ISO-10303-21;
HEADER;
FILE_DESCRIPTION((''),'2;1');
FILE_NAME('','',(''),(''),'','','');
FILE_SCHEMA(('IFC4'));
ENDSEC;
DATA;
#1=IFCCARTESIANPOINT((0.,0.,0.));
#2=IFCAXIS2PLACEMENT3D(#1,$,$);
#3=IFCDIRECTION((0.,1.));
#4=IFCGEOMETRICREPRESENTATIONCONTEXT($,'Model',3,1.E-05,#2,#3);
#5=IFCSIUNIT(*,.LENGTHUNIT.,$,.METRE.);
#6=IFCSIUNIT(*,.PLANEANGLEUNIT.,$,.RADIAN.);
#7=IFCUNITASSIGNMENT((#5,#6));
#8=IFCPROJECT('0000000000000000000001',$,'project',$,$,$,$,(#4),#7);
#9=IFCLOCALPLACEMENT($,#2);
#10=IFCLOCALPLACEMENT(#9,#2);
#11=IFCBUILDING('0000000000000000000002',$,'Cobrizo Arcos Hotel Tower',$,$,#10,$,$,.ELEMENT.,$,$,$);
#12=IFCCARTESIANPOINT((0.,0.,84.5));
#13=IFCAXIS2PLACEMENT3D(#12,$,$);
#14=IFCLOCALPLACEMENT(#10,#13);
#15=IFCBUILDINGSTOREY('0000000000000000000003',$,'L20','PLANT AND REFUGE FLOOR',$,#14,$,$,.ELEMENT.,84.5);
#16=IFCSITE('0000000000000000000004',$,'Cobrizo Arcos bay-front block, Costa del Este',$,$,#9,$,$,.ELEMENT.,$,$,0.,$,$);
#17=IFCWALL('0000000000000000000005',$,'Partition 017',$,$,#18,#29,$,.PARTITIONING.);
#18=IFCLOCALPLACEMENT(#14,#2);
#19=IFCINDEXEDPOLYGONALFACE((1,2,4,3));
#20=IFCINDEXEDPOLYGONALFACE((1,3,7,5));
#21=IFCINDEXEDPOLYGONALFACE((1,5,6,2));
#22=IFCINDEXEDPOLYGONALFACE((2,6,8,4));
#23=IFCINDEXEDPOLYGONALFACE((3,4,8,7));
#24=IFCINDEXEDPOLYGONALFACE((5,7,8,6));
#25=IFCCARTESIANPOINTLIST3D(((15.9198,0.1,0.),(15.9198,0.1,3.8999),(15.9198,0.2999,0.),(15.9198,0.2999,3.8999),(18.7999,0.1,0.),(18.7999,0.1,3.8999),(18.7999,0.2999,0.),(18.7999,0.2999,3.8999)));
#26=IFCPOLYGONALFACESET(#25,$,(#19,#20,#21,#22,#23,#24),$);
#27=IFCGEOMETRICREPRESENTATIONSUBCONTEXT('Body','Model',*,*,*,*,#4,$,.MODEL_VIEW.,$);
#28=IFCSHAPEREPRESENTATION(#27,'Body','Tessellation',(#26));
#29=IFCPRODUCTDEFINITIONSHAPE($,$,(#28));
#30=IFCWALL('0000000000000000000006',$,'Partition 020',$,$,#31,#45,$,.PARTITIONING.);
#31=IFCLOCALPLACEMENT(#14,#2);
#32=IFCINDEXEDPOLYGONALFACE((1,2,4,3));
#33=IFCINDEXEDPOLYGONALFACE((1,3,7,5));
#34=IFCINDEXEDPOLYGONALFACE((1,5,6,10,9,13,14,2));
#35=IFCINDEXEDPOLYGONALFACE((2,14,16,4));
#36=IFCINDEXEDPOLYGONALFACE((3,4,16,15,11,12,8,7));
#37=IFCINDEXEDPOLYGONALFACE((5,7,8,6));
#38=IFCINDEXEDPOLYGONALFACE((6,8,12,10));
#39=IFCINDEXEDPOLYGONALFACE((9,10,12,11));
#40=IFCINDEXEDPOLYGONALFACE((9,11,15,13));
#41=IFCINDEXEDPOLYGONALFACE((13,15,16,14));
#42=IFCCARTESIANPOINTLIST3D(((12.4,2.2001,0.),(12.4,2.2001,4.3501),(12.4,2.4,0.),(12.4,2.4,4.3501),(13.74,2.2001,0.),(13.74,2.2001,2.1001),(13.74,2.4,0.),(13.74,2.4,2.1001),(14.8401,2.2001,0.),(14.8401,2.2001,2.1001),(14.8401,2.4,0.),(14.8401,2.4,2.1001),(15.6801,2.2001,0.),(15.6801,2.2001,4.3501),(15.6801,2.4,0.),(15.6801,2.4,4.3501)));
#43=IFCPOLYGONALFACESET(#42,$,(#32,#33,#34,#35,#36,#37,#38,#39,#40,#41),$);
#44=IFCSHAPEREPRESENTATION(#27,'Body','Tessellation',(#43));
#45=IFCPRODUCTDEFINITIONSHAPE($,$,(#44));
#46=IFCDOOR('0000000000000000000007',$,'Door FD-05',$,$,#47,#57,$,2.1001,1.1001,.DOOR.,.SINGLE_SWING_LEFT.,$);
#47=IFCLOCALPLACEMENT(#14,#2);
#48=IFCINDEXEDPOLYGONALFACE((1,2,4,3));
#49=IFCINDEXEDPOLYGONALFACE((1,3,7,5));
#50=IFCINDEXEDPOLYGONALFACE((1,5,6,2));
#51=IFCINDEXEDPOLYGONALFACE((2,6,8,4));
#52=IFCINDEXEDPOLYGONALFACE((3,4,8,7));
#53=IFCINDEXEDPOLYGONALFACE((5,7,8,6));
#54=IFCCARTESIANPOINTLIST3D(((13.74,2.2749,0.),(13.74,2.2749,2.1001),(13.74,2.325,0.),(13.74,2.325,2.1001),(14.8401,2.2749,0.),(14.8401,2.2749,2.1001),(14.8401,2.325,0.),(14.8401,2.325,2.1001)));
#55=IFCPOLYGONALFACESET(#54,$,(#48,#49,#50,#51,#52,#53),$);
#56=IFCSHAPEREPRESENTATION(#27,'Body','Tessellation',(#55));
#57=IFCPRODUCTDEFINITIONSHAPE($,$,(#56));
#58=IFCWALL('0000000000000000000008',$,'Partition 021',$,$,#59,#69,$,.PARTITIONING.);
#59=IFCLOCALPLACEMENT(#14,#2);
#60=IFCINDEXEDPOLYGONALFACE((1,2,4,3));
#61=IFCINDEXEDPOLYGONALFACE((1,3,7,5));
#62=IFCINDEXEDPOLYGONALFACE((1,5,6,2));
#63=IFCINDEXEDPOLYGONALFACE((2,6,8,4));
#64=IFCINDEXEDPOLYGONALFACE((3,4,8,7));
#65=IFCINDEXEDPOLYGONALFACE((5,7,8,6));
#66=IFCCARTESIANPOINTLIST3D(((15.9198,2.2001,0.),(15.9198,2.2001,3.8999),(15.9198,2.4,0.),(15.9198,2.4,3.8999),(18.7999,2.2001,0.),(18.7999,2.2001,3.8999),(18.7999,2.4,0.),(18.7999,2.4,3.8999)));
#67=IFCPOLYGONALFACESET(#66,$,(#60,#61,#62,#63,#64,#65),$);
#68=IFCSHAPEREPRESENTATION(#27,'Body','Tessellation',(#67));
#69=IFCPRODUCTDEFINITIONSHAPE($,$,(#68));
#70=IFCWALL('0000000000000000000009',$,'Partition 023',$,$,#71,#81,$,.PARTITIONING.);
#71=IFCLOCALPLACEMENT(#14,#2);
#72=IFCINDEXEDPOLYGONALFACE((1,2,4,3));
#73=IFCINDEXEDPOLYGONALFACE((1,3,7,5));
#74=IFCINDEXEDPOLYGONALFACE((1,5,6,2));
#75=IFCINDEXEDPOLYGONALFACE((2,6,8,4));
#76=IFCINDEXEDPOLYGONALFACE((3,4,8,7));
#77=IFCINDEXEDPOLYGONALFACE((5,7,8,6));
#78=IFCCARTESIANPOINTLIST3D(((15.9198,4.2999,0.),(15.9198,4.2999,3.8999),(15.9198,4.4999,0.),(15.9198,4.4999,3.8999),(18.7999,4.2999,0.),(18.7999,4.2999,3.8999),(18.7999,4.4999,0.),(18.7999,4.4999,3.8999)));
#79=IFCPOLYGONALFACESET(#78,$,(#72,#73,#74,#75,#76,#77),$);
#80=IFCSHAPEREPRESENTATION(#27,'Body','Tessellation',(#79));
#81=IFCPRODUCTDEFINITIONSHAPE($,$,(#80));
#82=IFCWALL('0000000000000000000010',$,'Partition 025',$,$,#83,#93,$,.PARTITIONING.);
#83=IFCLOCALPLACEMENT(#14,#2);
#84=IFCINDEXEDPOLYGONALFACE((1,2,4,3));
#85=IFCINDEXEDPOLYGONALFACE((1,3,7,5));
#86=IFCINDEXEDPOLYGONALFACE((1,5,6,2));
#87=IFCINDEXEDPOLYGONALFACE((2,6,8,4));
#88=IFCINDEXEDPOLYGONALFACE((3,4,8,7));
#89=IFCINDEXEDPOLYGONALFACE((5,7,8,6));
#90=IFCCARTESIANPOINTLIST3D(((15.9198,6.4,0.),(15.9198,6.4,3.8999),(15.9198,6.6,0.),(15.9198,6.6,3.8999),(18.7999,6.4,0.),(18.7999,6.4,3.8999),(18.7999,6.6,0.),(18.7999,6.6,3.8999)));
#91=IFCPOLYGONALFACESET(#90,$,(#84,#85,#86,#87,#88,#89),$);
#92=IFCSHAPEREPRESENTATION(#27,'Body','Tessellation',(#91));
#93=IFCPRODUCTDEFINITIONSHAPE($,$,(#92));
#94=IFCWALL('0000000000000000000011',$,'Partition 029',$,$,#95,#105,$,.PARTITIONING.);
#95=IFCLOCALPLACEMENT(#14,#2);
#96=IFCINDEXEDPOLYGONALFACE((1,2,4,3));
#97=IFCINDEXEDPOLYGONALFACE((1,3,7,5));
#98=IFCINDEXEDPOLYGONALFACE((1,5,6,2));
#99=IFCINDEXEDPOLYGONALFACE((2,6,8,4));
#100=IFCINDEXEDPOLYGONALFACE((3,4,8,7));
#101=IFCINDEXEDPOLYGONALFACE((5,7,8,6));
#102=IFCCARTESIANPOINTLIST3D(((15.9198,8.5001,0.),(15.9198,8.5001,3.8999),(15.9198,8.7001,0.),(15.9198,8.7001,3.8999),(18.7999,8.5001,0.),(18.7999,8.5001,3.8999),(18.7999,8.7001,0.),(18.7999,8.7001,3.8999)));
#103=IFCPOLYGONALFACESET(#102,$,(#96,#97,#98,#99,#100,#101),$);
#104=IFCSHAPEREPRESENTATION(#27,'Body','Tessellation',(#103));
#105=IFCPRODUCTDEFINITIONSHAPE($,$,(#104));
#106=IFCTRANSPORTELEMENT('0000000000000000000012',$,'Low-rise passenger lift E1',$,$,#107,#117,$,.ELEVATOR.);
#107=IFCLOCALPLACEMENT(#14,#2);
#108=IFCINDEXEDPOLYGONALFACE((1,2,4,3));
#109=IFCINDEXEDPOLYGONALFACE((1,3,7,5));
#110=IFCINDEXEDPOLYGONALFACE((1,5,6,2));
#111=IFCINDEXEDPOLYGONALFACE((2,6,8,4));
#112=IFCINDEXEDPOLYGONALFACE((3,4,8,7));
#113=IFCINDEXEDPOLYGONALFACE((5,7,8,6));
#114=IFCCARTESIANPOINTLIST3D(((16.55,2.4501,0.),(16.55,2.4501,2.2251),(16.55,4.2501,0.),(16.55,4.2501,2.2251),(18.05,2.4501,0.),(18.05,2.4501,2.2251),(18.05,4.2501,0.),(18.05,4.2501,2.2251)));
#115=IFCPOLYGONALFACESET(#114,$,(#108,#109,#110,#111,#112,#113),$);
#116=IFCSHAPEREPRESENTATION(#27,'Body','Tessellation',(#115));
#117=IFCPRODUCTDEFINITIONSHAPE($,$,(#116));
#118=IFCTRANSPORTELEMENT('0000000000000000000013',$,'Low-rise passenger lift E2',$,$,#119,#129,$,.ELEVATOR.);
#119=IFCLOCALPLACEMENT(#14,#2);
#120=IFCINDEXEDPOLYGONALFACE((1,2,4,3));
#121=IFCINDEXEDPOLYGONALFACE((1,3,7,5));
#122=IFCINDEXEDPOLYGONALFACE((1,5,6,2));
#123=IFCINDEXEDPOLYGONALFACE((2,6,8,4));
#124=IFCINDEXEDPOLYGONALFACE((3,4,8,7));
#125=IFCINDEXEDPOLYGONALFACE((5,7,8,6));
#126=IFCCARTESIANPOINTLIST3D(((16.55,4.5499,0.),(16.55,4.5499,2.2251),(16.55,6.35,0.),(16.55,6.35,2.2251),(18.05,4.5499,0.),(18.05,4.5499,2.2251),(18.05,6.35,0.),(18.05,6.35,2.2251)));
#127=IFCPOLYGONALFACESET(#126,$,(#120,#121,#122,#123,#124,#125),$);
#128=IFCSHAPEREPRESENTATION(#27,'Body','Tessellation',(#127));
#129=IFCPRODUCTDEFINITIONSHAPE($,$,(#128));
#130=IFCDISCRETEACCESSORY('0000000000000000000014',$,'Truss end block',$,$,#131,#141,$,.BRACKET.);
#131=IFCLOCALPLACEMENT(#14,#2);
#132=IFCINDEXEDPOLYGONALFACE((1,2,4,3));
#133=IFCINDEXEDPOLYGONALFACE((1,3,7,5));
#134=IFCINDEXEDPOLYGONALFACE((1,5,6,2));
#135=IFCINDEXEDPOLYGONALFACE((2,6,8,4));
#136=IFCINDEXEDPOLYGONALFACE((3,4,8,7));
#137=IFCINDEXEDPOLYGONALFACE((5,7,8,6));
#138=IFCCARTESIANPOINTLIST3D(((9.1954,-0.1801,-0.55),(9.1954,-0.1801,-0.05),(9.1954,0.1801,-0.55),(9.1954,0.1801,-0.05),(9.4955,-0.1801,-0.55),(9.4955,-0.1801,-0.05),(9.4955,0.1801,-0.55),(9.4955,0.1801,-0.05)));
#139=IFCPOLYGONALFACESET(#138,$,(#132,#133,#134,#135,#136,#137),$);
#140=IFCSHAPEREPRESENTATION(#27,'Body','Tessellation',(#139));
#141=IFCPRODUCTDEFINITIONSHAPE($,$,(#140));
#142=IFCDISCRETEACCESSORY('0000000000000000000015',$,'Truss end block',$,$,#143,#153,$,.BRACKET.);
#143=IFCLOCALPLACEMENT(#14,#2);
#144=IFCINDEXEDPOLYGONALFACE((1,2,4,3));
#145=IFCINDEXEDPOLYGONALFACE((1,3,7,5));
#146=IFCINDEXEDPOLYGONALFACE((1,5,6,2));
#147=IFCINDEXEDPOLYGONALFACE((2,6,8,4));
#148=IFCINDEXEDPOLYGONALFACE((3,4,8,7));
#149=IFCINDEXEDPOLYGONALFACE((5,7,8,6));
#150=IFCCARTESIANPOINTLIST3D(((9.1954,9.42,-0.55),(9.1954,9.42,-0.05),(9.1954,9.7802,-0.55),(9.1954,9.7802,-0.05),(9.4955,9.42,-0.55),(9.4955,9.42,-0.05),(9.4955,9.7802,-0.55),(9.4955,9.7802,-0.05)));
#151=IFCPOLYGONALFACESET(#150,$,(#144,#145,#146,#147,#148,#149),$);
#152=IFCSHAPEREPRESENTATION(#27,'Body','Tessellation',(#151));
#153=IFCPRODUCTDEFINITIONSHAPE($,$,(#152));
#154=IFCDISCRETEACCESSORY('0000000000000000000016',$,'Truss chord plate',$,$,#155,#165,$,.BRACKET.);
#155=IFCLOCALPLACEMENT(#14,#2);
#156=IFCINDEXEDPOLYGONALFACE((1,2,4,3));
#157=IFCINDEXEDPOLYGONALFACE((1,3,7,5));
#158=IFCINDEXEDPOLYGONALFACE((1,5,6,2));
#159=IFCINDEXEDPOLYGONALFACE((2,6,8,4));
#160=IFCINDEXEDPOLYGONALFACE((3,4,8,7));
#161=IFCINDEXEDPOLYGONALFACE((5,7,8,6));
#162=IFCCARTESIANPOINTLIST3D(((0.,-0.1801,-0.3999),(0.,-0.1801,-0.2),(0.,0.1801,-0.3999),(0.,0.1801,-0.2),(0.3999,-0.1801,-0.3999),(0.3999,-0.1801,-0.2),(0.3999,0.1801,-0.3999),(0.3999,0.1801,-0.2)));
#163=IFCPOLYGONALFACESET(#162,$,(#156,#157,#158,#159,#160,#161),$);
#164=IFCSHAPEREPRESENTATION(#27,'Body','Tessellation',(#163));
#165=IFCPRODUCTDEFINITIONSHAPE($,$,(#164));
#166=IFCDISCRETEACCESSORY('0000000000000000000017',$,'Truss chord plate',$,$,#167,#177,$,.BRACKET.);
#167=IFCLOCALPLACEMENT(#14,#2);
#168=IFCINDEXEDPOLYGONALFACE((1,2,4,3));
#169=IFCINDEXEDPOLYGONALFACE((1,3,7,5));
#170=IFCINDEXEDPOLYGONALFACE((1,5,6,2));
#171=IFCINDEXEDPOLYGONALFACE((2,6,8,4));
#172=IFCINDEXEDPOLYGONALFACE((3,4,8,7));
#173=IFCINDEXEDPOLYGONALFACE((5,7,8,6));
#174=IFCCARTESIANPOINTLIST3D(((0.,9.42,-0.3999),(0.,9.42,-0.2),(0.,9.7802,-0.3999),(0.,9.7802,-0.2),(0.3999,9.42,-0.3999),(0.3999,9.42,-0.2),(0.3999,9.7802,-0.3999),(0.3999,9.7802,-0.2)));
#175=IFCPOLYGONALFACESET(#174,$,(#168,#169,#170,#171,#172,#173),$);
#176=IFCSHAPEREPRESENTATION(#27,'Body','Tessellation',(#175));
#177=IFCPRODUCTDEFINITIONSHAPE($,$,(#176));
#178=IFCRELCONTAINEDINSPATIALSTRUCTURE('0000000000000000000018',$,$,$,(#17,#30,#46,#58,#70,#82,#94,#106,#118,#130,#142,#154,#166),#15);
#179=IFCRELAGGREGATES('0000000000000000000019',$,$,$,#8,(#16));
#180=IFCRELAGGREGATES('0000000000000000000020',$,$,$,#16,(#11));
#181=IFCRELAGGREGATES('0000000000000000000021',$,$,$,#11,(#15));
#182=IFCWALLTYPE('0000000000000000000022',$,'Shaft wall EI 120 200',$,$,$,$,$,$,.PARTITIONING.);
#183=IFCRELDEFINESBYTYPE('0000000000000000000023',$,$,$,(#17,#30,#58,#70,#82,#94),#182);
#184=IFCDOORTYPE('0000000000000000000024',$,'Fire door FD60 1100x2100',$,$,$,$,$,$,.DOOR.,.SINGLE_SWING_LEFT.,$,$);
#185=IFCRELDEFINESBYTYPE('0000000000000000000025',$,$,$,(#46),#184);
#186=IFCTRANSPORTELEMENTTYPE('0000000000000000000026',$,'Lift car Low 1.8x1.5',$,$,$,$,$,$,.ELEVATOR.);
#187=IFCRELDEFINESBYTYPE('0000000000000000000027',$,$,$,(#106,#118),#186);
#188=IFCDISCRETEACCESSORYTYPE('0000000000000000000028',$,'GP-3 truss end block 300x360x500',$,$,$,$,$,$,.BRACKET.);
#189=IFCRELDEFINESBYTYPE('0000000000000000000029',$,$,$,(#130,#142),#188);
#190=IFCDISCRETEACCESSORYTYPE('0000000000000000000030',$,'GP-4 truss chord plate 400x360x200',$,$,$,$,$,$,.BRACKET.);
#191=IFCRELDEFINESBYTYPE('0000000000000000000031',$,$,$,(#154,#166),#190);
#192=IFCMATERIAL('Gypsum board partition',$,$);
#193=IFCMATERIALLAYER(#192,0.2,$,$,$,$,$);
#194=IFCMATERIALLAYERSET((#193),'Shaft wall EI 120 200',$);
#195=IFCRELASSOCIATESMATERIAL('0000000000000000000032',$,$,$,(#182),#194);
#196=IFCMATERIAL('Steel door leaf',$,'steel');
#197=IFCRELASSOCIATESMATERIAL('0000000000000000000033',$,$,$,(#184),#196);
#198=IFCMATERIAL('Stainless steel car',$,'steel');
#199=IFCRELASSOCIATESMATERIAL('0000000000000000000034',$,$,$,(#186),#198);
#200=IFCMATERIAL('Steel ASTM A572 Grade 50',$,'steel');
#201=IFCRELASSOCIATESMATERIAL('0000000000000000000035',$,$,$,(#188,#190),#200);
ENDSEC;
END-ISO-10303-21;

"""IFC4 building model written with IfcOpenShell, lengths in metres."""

from ifc_helpers import new_model, si_unit, direction, frame, frame_2d, origin, origin_2d, place, context, subcontext, project, spatial, rectangle, extrude, material, layer, layer_set, type_object, element, fill, save


model = new_model("IFC4")

# Units and contexts
model_context = context("Model", 3, precision=1e-05, world=origin(), true_north=direction((0.0, 1.0)))
body_context = subcontext(model_context, "Body", "Model", "MODEL_VIEW")
ifc_project = project(units=[si_unit("LENGTHUNIT", "METRE"), si_unit("PLANEANGLEUNIT", "RADIAN")], contexts=[model_context])

# Site, building, storey
site_placement = place(None, origin())
site = spatial("IfcSite", under=ifc_project, at=site_placement, Name="Cobrizo Arcos bay-front block, Costa del Este", CompositionType="ELEMENT", RefElevation=0.0)
building_placement = place(site_placement, origin())
building = spatial("IfcBuilding", under=site, at=building_placement, Name="Cobrizo Arcos Hotel Tower", CompositionType="ELEMENT")
storey_placement = place(building_placement, frame((0.0, 0.0, 84.5)))
storey = spatial("IfcBuildingStorey", under=building, at=storey_placement, Name="L20", Description="PLANT AND REFUGE FLOOR", CompositionType="ELEMENT", Elevation=84.5)

# Wall
ifc_material_1 = material(Name="Gypsum board partition")
ifc_layer_1 = layer(ifc_material_1, 0.2)
ifc_layer_set_1 = layer_set([ifc_layer_1], Name="Shaft wall EI 120 200")
wall_type_1 = type_object("IfcWallType", Name="Shaft wall EI 120 200", PredefinedType="PARTITIONING", material=ifc_layer_set_1)
wall_1_placement = place(storey_placement, frame((15.9199, 0.2, 0.0), z_axis=(0.0, 0.0, 1.0), x_axis=(1.0, 0.0, 0.0)))
element("IfcWall", 1, at=wall_1_placement, inside=storey, type_object=wall_type_1, Name="Partition 017", PredefinedType="PARTITIONING", context=body_context, shape_type="SweptSolid", body=[
    extrude(rectangle(XDim=2.8801, YDim=0.2, at=frame_2d((1.4399, 0.0))), origin(), (0.0, 0.0, 1.0), 3.8999),
])

# Wall, opening, door
wall_2_placement = place(storey_placement, frame((12.3999, 2.3, 0.0), z_axis=(0.0, 0.0, 1.0), x_axis=(1.0, 0.0, 0.0)))
wall_2 = element("IfcWall", 2, at=wall_2_placement, inside=storey, type_object=wall_type_1, Name="Partition 020", PredefinedType="PARTITIONING", context=body_context, shape_type="SweptSolid", body=[
    extrude(rectangle(XDim=3.28, YDim=0.2, at=frame_2d((1.6401, 0.0))), origin(), (0.0, 0.0, 1.0), 4.3501),
])
opening_placement = place(wall_2_placement, frame((1.3401, 0.0, 0.0)))
opening = element("IfcOpeningElement", 3, at=opening_placement, cuts=wall_2, PredefinedType="OPENING", context=body_context, shape_type="SweptSolid", body=[
    extrude(rectangle(XDim=1.1001, YDim=2.1001, at=frame_2d((0.55, 1.05))), frame((0.0, 0.1121, 0.0), z_axis=(0.0, -1.0, 0.0), x_axis=(1.0, 0.0, 0.0)), (0.0, 0.0, 1.0), 0.2239),
])
ifc_material_2 = material(Name="Steel door leaf", Category="steel")
door_type = type_object("IfcDoorType", Name="Fire door FD60 1100x2100", OperationType="SINGLE_SWING_LEFT", PredefinedType="DOOR", material=ifc_material_2)
door_placement = place(opening_placement, origin())
door = element("IfcDoor", 4, at=door_placement, inside=storey, type_object=door_type, Name="Door FD-05", OperationType="SINGLE_SWING_LEFT", OverallHeight=2.1001, OverallWidth=1.1001, PredefinedType="DOOR", context=body_context, shape_type="SweptSolid", body=[
    extrude(rectangle(XDim=1.1001, YDim=2.1001, at=frame_2d((0.55, 1.05))), frame((0.0, 0.0249, 0.0), z_axis=(0.0, -1.0, 0.0), x_axis=(1.0, 0.0, 0.0)), (0.0, 0.0, 1.0), 0.05),
])
fill(opening, door)

# Walls
for number, where, z_axis, x_axis, name in (
    (5, (15.9199, 2.3, 0.0), (0.0, 0.0, 1.0), (1.0, 0.0, 0.0), "Partition 021"),
    (6, (15.9199, 4.3999, 0.0), (0.0, 0.0, 1.0), (1.0, 0.0, 0.0), "Partition 023"),
    (7, (15.9199, 6.5, 0.0), (0.0, 0.0, 1.0), (1.0, 0.0, 0.0), "Partition 025"),
    (8, (15.9199, 8.6001, 0.0), (0.0, 0.0, 1.0), (1.0, 0.0, 0.0), "Partition 029"),
):
    element("IfcWall", number, at=place(storey_placement, frame(where, z_axis=z_axis, x_axis=x_axis)), inside=storey, type_object=wall_type_1, Name=name, PredefinedType="PARTITIONING", context=body_context, shape_type="SweptSolid", body=[
        extrude(rectangle(XDim=2.8801, YDim=0.2, at=frame_2d((1.4399, 0.0))), origin(), (0.0, 0.0, 1.0), 3.8999),
    ])

# Transport elements
ifc_material_3 = material(Name="Stainless steel car", Category="steel")
transport_element_type = type_object("IfcTransportElementType", Name="Lift car Low 1.8x1.5", PredefinedType="ELEVATOR", material=ifc_material_3)
for number, where, z_axis, x_axis, name in (
    (9, (17.3, 3.3501, 0.0), (0.0, 0.0, 1.0), (1.0, 0.0, 0.0), "Low-rise passenger lift E1"),
    (10, (17.3, 5.45, 0.0), (0.0, 0.0, 1.0), (1.0, 0.0, 0.0), "Low-rise passenger lift E2"),
):
    element("IfcTransportElement", number, at=place(storey_placement, frame(where, z_axis=z_axis, x_axis=x_axis)), inside=storey, type_object=transport_element_type, Name=name, PredefinedType="ELEVATOR", context=body_context, shape_type="SweptSolid", body=[
        extrude(rectangle(XDim=1.5, YDim=1.8, at=origin_2d()), origin(), (0.0, 0.0, 1.0), 2.2251),
    ])

# Discrete accessories
ifc_material_4 = material(Name="Steel ASTM A572 Grade 50", Category="steel")
discrete_accessory_type_1 = type_object("IfcDiscreteAccessoryType", Name="GP-3 truss end block 300x360x500", PredefinedType="BRACKET", material=ifc_material_4)
for number, where, z_axis, x_axis, name in (
    (11, (9.3455, 0.0, -0.55), (0.0, 0.0, 1.0), (-1.0, 0.0, 0.0), "Truss end block"),
    (12, (9.3455, 9.6001, -0.55), (0.0, 0.0, 1.0), (-1.0, 0.0, 0.0), "Truss end block"),
):
    element("IfcDiscreteAccessory", number, at=place(storey_placement, frame(where, z_axis=z_axis, x_axis=x_axis)), inside=storey, type_object=discrete_accessory_type_1, Name=name, PredefinedType="BRACKET", context=body_context, shape_type="SweptSolid", body=[
        extrude(rectangle(XDim=0.3, YDim=0.3601, at=origin_2d()), origin(), (0.0, 0.0, 1.0), 0.5),
    ])
discrete_accessory_type_2 = type_object("IfcDiscreteAccessoryType", Name="GP-4 truss chord plate 400x360x200", PredefinedType="BRACKET", material=ifc_material_4)
for number, where, z_axis, x_axis, name in (
    (13, (0.2, 0.0, -0.3999), (0.0, 0.0, 1.0), (1.0, 0.0, 0.0), "Truss chord plate"),
    (14, (0.2, 9.6001, -0.3999), (0.0, 0.0, 1.0), (1.0, 0.0, 0.0), "Truss chord plate"),
):
    element("IfcDiscreteAccessory", number, at=place(storey_placement, frame(where, z_axis=z_axis, x_axis=x_axis)), inside=storey, type_object=discrete_accessory_type_2, Name=name, PredefinedType="BRACKET", context=body_context, shape_type="SweptSolid", body=[
        extrude(rectangle(XDim=0.3999, YDim=0.3601, at=origin_2d()), origin(), (0.0, 0.0, 1.0), 0.2),
    ])

save(model, "model.ifc")
